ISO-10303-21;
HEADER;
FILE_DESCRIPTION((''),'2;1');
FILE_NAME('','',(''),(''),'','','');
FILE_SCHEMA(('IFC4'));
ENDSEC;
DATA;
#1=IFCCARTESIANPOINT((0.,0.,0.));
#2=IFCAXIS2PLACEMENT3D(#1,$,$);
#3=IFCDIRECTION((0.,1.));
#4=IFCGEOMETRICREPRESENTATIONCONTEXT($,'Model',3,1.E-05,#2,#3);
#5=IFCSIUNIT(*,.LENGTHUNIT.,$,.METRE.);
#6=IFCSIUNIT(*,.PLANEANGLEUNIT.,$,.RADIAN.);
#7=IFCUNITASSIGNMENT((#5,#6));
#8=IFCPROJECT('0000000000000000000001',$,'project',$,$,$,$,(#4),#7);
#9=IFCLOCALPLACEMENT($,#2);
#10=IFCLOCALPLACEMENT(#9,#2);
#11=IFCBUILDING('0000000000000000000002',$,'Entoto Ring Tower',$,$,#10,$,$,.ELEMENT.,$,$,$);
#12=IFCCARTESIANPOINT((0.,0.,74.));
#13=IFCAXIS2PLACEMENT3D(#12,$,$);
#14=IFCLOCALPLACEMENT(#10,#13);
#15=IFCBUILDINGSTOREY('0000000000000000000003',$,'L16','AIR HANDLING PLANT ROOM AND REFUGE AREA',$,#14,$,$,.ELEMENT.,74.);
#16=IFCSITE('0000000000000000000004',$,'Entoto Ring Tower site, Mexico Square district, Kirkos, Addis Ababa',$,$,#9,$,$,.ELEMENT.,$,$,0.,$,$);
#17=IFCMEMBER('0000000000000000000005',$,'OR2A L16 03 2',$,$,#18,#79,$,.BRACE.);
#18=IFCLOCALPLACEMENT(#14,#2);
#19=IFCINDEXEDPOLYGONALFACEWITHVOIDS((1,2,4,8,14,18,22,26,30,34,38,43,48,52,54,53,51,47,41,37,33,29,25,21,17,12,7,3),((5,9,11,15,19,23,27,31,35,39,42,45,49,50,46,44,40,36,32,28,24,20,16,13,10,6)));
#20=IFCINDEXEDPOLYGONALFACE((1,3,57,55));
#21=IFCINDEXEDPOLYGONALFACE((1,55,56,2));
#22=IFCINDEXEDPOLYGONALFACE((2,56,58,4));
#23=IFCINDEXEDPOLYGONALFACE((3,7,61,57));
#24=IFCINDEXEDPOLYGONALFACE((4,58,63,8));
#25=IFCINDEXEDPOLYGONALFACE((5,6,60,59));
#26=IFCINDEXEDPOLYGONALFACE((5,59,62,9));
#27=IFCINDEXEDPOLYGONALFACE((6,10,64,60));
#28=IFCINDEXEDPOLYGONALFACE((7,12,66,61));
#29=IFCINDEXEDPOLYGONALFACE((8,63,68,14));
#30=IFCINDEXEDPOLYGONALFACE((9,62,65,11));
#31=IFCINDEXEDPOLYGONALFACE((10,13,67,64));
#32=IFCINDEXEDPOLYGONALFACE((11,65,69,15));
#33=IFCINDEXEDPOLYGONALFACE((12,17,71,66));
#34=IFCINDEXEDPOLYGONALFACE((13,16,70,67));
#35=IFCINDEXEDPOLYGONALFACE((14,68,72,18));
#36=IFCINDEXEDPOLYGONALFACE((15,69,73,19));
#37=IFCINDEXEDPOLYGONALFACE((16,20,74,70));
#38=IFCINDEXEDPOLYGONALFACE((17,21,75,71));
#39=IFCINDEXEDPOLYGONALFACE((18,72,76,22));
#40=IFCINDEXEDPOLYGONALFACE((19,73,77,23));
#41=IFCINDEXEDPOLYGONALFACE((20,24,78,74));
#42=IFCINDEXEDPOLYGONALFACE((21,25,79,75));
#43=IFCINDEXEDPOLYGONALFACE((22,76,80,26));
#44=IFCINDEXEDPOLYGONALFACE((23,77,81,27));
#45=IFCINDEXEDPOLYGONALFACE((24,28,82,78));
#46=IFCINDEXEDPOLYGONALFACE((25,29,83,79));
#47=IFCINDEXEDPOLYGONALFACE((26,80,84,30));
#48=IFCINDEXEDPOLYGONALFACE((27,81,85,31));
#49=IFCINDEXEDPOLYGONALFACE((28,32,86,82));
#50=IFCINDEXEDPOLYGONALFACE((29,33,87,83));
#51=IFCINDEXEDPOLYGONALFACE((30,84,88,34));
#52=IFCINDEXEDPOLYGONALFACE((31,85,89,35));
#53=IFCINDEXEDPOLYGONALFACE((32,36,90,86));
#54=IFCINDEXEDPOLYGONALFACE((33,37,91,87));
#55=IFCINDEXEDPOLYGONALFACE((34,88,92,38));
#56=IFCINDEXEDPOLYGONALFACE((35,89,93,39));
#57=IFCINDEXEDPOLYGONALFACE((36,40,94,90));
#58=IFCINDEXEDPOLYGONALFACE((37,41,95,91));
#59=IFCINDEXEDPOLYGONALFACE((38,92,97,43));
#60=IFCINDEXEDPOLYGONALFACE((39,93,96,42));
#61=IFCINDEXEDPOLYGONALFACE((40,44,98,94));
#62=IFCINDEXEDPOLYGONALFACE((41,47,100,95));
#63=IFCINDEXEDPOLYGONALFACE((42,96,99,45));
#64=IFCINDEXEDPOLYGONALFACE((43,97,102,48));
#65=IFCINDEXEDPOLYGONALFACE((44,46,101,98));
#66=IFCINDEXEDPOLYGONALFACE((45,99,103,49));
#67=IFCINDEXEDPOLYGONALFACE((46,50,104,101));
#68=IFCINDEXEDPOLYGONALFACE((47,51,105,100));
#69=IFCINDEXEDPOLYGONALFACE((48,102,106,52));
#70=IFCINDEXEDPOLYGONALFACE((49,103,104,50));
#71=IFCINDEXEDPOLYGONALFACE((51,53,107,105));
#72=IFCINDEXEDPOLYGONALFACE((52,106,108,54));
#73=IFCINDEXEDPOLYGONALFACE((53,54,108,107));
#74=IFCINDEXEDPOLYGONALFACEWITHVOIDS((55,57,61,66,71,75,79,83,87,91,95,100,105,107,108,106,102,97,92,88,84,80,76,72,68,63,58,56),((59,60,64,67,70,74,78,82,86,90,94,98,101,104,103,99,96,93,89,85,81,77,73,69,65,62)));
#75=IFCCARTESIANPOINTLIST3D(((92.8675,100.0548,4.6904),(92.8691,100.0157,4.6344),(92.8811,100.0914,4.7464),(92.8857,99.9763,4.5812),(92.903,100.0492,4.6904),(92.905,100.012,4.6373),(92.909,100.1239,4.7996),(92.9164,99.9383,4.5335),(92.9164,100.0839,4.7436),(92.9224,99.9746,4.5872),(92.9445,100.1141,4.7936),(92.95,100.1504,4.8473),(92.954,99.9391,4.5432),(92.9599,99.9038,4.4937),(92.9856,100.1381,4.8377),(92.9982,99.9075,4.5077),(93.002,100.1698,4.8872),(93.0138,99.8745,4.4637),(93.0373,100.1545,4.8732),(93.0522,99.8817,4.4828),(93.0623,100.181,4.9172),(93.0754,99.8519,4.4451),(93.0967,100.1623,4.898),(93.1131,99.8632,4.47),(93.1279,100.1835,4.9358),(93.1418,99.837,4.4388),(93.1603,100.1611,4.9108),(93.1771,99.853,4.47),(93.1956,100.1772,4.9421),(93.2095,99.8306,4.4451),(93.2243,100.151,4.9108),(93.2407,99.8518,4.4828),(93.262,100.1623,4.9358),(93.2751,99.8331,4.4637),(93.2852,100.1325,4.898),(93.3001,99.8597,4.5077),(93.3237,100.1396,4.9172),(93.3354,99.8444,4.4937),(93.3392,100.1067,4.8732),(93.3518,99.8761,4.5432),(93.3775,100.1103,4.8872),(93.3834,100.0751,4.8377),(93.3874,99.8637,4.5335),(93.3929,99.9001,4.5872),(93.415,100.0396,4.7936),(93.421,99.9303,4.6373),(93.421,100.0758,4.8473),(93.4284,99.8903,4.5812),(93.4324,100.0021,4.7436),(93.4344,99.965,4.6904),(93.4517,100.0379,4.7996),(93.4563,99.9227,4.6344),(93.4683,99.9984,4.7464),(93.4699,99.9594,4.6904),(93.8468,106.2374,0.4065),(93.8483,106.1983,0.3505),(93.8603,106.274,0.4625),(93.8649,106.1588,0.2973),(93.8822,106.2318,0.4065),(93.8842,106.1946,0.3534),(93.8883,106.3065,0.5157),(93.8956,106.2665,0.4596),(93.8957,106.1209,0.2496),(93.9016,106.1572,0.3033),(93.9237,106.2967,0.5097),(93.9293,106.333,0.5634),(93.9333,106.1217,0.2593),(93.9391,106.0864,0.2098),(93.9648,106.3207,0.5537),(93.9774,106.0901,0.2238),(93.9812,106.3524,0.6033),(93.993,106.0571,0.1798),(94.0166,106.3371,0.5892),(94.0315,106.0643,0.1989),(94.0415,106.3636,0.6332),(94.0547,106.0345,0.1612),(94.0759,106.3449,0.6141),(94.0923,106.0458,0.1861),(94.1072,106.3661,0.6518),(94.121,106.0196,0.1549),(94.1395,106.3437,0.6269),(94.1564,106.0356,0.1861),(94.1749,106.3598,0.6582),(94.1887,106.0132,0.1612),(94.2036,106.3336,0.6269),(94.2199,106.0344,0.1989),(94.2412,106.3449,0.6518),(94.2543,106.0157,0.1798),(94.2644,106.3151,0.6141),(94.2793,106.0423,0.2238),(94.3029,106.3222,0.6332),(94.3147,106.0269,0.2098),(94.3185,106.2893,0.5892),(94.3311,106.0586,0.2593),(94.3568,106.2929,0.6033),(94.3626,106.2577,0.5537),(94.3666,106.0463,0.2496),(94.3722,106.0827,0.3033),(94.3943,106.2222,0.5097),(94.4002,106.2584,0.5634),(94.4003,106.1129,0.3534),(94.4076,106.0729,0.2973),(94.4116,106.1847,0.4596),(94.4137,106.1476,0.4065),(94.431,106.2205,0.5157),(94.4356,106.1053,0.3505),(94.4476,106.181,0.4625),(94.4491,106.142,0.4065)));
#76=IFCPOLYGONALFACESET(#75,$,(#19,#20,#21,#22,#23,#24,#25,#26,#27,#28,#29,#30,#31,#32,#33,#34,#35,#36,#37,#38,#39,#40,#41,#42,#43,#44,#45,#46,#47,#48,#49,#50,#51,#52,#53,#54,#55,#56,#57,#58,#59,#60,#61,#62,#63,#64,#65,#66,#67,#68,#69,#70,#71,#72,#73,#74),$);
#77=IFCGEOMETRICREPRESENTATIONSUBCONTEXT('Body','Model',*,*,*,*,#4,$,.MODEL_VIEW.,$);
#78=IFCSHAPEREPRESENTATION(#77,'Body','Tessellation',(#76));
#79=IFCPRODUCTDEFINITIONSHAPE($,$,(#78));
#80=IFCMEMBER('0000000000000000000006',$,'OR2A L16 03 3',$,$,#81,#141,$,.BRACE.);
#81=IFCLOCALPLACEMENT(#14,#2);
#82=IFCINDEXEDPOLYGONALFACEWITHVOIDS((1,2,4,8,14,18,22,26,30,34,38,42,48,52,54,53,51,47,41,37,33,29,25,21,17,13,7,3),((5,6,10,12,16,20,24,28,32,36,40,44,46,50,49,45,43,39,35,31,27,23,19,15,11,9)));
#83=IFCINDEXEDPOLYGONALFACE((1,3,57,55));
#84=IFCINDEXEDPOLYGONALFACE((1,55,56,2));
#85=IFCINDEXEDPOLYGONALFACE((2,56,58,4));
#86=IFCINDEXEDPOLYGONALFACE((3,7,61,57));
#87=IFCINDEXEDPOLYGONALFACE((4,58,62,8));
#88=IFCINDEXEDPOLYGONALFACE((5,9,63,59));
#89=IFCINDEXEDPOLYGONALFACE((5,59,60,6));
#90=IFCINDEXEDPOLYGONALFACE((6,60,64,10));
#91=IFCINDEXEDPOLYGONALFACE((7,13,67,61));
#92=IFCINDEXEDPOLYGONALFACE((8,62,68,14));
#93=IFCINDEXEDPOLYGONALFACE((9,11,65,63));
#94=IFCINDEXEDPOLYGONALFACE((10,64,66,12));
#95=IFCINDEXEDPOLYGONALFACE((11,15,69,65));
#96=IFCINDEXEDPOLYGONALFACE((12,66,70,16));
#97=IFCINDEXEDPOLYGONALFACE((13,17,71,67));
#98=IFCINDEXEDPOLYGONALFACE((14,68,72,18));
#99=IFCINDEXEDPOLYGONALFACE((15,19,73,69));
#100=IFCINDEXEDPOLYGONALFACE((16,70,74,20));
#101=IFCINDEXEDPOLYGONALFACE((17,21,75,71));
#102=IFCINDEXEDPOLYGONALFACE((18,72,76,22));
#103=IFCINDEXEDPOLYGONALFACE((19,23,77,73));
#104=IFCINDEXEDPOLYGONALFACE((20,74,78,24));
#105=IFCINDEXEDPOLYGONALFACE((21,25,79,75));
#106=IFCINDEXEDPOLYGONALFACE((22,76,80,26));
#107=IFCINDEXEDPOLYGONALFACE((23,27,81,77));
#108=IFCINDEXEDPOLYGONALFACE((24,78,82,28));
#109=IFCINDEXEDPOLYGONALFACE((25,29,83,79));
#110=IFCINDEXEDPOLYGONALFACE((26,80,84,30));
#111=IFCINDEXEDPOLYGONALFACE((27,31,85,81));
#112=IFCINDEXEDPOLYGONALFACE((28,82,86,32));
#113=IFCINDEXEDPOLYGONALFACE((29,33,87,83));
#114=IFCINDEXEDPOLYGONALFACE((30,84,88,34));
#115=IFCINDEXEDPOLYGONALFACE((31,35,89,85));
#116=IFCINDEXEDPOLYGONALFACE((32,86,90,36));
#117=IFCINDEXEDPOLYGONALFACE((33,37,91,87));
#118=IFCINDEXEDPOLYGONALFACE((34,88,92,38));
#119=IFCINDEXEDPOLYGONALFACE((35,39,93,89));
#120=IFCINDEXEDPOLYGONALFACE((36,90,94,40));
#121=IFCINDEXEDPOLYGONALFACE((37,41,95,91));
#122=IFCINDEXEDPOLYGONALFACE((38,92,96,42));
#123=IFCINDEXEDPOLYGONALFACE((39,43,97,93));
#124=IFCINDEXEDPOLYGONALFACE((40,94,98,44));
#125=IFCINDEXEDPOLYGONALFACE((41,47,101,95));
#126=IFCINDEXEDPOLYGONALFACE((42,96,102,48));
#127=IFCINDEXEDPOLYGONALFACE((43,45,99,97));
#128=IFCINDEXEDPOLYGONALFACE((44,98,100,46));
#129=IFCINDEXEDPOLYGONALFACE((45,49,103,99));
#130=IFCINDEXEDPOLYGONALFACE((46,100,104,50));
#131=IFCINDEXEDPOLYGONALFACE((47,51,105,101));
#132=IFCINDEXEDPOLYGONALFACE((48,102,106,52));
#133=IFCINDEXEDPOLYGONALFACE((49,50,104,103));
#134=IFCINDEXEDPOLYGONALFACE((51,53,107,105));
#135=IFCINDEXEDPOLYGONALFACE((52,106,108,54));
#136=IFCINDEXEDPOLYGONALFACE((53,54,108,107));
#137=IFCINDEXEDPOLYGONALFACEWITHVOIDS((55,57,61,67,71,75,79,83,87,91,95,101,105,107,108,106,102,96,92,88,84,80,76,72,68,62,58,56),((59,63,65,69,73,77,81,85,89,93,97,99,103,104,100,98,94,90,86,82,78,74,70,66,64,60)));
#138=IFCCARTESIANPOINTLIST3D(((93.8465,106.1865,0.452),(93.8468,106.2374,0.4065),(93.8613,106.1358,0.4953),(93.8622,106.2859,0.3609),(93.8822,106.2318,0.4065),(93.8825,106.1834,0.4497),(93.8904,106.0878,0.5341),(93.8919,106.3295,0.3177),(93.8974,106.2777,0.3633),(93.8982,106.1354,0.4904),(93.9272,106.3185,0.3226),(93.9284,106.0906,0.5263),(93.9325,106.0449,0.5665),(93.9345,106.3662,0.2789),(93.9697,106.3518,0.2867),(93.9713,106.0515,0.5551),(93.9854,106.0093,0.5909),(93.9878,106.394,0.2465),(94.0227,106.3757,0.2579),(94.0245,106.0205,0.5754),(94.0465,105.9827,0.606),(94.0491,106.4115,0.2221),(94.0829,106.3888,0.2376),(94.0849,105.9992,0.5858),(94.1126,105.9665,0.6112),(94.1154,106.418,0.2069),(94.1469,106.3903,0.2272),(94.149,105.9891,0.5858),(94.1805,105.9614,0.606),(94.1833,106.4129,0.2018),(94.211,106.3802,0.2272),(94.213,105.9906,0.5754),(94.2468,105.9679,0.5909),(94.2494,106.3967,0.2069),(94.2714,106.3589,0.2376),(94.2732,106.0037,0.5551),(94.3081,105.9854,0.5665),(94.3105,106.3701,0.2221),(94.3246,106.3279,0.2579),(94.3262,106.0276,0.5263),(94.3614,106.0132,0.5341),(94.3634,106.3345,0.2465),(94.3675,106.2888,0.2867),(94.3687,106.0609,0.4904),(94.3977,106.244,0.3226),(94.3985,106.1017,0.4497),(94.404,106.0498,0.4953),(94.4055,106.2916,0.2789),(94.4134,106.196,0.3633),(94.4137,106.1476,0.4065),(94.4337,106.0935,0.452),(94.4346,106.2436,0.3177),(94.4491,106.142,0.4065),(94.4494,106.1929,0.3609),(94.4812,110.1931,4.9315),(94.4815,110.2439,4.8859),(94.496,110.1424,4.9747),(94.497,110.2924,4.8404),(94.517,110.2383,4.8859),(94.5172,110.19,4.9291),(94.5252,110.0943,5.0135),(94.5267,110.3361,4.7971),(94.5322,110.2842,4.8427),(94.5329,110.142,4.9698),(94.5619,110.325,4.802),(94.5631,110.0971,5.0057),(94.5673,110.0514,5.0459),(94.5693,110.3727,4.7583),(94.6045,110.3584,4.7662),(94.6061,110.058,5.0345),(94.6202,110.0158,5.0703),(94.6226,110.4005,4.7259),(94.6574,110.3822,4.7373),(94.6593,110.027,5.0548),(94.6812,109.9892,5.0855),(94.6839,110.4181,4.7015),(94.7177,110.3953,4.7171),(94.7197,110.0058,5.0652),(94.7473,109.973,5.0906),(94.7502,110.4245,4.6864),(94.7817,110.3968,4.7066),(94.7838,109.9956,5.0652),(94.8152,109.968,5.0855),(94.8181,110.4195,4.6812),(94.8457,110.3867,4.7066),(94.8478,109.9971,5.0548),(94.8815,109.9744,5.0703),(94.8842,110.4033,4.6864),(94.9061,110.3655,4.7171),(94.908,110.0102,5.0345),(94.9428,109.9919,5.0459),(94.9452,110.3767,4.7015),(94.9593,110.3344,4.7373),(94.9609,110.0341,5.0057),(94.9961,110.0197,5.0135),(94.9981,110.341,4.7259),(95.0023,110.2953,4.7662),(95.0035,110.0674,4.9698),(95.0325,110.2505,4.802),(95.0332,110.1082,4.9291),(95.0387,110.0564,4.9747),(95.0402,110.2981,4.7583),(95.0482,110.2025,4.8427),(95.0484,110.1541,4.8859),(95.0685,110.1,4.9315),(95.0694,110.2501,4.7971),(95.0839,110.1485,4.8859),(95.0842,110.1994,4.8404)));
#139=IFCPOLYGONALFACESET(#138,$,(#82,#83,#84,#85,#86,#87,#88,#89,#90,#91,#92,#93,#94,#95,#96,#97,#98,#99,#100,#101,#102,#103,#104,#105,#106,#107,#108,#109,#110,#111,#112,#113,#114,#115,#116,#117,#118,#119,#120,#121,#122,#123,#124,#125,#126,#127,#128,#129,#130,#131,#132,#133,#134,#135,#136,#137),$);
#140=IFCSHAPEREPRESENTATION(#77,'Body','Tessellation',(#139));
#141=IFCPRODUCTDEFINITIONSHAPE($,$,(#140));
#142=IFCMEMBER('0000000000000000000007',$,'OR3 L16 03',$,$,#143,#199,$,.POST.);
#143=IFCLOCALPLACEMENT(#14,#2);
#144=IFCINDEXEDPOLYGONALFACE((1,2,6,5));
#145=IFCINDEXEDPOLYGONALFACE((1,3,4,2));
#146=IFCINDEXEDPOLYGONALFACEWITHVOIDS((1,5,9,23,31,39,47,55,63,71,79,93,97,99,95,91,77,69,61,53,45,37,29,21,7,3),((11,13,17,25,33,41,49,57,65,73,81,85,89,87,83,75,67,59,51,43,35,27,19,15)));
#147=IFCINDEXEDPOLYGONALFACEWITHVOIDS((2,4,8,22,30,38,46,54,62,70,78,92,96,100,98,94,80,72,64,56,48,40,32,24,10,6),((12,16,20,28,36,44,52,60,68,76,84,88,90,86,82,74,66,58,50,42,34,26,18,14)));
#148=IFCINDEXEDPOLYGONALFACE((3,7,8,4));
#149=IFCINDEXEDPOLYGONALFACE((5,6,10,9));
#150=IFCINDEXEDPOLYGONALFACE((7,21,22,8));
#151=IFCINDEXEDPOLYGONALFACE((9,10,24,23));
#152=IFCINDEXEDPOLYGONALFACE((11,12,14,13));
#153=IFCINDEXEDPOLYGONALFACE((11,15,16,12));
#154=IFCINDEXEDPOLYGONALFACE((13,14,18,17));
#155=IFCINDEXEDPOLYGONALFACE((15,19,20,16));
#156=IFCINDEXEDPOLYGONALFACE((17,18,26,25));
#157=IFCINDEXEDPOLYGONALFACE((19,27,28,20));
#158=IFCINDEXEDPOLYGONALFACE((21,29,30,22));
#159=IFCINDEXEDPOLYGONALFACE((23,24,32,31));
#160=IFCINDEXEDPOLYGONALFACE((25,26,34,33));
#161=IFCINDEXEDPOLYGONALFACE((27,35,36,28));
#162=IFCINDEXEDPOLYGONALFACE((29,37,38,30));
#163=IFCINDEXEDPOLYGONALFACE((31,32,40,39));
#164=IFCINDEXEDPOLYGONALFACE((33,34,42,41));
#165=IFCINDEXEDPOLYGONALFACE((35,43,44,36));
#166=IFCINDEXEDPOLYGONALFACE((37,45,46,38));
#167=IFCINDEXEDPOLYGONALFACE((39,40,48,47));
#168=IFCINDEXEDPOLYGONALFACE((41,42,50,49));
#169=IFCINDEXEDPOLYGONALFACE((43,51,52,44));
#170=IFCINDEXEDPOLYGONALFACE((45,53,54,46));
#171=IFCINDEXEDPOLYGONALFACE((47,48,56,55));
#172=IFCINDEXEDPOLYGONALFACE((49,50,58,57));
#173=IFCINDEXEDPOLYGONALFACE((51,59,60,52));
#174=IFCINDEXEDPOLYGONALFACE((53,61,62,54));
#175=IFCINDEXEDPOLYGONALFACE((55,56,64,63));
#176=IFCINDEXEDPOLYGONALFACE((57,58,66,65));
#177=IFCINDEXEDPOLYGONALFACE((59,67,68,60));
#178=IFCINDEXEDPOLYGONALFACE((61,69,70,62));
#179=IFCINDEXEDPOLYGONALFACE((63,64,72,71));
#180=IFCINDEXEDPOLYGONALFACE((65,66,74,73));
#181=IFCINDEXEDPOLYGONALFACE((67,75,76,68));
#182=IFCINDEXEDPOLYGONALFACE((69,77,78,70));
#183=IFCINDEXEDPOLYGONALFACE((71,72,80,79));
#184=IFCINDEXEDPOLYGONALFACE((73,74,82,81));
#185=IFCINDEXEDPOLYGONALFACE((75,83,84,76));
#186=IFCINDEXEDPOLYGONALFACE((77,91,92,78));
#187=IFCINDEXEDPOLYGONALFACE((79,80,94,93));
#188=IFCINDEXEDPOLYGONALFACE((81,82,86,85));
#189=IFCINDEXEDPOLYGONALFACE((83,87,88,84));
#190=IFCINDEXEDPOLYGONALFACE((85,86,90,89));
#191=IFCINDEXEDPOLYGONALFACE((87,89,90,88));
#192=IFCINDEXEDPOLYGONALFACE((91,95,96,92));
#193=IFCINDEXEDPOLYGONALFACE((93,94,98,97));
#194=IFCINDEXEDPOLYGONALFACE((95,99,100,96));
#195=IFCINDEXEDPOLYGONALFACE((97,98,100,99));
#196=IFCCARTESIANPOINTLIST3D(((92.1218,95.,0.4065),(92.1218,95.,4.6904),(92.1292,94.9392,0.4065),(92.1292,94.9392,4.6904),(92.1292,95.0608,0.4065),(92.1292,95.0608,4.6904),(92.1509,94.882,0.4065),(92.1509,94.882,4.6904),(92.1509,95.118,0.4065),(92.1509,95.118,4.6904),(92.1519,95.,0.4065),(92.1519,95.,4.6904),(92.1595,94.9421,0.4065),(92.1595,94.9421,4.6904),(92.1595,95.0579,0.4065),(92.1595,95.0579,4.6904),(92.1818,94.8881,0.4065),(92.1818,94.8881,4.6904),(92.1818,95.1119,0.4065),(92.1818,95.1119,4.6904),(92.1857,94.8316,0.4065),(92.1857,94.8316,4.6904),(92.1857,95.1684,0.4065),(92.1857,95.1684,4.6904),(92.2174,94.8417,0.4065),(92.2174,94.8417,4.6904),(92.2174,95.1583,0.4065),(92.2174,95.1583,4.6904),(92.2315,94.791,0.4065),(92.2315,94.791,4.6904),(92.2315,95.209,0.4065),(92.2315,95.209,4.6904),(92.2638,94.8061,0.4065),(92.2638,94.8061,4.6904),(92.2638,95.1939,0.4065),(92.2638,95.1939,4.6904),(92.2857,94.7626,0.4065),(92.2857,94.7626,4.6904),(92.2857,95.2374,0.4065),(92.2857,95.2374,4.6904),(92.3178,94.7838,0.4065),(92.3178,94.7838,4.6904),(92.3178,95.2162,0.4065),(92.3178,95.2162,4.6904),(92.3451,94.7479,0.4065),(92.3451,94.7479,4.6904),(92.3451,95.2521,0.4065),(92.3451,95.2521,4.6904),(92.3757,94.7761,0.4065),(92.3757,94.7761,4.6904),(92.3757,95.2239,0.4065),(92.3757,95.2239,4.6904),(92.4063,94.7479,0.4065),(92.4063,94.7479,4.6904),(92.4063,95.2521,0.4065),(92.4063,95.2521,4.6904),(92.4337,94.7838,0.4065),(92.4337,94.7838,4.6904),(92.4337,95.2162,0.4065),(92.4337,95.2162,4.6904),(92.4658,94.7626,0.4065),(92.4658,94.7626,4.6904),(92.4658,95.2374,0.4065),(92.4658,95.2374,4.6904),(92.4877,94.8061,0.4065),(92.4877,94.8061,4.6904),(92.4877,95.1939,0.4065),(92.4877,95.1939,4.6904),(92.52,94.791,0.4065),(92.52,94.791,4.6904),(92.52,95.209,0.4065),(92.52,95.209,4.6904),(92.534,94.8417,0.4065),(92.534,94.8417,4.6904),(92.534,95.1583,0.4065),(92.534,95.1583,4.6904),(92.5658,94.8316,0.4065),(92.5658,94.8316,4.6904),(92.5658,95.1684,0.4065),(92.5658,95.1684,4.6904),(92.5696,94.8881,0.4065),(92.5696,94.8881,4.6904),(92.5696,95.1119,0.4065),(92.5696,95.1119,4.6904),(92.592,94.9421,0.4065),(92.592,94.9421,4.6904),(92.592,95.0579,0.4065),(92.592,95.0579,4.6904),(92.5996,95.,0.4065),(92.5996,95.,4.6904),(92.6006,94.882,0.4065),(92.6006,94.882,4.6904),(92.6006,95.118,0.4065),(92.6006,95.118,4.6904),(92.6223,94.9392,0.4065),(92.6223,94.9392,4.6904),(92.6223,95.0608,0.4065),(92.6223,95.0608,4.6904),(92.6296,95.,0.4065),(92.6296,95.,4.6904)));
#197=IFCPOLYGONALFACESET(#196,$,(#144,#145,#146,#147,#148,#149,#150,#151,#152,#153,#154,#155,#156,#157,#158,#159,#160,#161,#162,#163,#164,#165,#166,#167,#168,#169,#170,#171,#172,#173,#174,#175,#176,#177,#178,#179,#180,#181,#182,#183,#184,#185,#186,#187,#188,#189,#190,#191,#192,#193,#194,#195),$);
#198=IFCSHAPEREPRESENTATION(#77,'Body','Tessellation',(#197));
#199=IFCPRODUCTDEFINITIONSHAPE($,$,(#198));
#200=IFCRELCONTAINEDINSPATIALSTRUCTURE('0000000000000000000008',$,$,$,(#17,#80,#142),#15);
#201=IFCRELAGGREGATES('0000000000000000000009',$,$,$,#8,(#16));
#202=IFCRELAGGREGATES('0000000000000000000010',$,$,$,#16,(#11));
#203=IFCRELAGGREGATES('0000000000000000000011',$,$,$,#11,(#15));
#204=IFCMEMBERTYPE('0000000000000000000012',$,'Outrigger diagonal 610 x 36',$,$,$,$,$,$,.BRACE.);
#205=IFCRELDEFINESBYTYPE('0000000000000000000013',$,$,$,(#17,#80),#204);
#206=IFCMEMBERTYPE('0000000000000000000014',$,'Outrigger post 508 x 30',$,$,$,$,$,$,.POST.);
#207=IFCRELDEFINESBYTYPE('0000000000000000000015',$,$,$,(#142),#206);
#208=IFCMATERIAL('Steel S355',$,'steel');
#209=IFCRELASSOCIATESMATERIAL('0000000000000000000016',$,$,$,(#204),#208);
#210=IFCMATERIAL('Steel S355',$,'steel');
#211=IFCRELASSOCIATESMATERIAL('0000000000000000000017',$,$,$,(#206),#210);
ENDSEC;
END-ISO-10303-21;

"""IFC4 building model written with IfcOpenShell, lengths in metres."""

from ifc_helpers import new_model, si_unit, direction, frame, origin, origin_2d, place, context, subcontext, project, spatial, circle, hollow_circle, extrude, material, material_profile, profile_set, type_object, element, save


model = new_model("IFC4")

# Units and contexts
model_context = context("Model", 3, precision=1e-05, world=origin(), true_north=direction((0.0, 1.0)))
body_context = subcontext(model_context, "Body", "Model", "MODEL_VIEW")
ifc_project = project(units=[si_unit("LENGTHUNIT", "METRE"), si_unit("PLANEANGLEUNIT", "RADIAN")], contexts=[model_context])

# Site, building, storey
site_placement = place(None, origin())
site = spatial("IfcSite", under=ifc_project, at=site_placement, Name="Entoto Ring Tower site, Mexico Square district, Kirkos, Addis Ababa", CompositionType="ELEMENT", RefElevation=0.0)
building_placement = place(site_placement, origin())
building = spatial("IfcBuilding", under=site, at=building_placement, Name="Entoto Ring Tower", CompositionType="ELEMENT")
storey_placement = place(building_placement, frame((0.0, 0.0, 74.0)))
storey = spatial("IfcBuildingStorey", under=building, at=storey_placement, Name="L16", Description="AIR HANDLING PLANT ROOM AND REFUGE AREA", CompositionType="ELEMENT", Elevation=74.0)

# Members
ifc_material_1 = material(Name="Steel S355", Category="steel")
ifc_material_profile_1 = material_profile(ifc_material_1, hollow_circle(Radius=0.3049, WallThickness=0.0359, at=origin_2d()), Name="CHS 610 x 36")
ifc_material_2 = material(Name="Concrete C60/75", Category="concrete")
ifc_material_profile_2 = material_profile(ifc_material_2, circle(Radius=0.269, at=origin_2d()), Name="Concrete C60/75 infill")
ifc_profile_set_1 = profile_set([ifc_material_profile_1, ifc_material_profile_2], Name="Steel S355")
member_type_1 = type_object("IfcMemberType", Name="Outrigger diagonal 610 x 36", PredefinedType="BRACE", material=ifc_profile_set_1)
member_1_placement = place(storey_placement, frame((93.1687, 100.0071, 4.6904), z_axis=(0.129099, 0.815086, -0.564773), x_axis=(-0.987688, 0.156437, 0.0)))
element("IfcMember", 1, at=member_1_placement, inside=storey, type_object=member_type_1, Name="OR2A L16 03 2", PredefinedType="BRACE", context=body_context, shape_type="SweptSolid", body=[
    extrude(hollow_circle(Radius=0.3049, WallThickness=0.0359, at=origin_2d()), origin(), (0.0, 0.0, 1.0), 7.5852),
])
member_2_placement = place(storey_placement, frame((94.1479, 106.1897, 0.4065), z_axis=(0.105036, 0.66298, 0.741232), x_axis=(-0.987681, 0.156479, 0.0)))
element("IfcMember", 2, at=member_2_placement, inside=storey, type_object=member_type_1, Name="OR2A L16 03 3", PredefinedType="BRACE", context=body_context, shape_type="SweptSolid", body=[
    extrude(hollow_circle(Radius=0.3049, WallThickness=0.0359, at=origin_2d()), origin(), (0.0, 0.0, 1.0), 6.0432),
])
ifc_material_3 = material(Name="Steel S355", Category="steel")
ifc_material_profile_3 = material_profile(ifc_material_3, hollow_circle(Radius=0.2539, WallThickness=0.03, at=origin_2d()), Name="CHS 508 x 30")
ifc_material_4 = material(Name="Concrete C60/75", Category="concrete")
ifc_material_profile_4 = material_profile(ifc_material_4, circle(Radius=0.2241, at=origin_2d()), Name="Concrete C60/75 infill")
ifc_profile_set_2 = profile_set([ifc_material_profile_3, ifc_material_profile_4], Name="Steel S355")
member_type_2 = type_object("IfcMemberType", Name="Outrigger post 508 x 30", PredefinedType="POST", material=ifc_profile_set_2)
member_3_placement = place(storey_placement, frame((92.3757, 95.0, 0.4065), z_axis=(0.0, 0.0, 1.0), x_axis=(1.0, 0.0, 0.0)))
element("IfcMember", 3, at=member_3_placement, inside=storey, type_object=member_type_2, Name="OR3 L16 03", PredefinedType="POST", context=body_context, shape_type="SweptSolid", body=[
    extrude(hollow_circle(Radius=0.2539, WallThickness=0.03, at=origin_2d()), origin(), (0.0, 0.0, 1.0), 4.2839),
])

save(model, "model.ifc")
